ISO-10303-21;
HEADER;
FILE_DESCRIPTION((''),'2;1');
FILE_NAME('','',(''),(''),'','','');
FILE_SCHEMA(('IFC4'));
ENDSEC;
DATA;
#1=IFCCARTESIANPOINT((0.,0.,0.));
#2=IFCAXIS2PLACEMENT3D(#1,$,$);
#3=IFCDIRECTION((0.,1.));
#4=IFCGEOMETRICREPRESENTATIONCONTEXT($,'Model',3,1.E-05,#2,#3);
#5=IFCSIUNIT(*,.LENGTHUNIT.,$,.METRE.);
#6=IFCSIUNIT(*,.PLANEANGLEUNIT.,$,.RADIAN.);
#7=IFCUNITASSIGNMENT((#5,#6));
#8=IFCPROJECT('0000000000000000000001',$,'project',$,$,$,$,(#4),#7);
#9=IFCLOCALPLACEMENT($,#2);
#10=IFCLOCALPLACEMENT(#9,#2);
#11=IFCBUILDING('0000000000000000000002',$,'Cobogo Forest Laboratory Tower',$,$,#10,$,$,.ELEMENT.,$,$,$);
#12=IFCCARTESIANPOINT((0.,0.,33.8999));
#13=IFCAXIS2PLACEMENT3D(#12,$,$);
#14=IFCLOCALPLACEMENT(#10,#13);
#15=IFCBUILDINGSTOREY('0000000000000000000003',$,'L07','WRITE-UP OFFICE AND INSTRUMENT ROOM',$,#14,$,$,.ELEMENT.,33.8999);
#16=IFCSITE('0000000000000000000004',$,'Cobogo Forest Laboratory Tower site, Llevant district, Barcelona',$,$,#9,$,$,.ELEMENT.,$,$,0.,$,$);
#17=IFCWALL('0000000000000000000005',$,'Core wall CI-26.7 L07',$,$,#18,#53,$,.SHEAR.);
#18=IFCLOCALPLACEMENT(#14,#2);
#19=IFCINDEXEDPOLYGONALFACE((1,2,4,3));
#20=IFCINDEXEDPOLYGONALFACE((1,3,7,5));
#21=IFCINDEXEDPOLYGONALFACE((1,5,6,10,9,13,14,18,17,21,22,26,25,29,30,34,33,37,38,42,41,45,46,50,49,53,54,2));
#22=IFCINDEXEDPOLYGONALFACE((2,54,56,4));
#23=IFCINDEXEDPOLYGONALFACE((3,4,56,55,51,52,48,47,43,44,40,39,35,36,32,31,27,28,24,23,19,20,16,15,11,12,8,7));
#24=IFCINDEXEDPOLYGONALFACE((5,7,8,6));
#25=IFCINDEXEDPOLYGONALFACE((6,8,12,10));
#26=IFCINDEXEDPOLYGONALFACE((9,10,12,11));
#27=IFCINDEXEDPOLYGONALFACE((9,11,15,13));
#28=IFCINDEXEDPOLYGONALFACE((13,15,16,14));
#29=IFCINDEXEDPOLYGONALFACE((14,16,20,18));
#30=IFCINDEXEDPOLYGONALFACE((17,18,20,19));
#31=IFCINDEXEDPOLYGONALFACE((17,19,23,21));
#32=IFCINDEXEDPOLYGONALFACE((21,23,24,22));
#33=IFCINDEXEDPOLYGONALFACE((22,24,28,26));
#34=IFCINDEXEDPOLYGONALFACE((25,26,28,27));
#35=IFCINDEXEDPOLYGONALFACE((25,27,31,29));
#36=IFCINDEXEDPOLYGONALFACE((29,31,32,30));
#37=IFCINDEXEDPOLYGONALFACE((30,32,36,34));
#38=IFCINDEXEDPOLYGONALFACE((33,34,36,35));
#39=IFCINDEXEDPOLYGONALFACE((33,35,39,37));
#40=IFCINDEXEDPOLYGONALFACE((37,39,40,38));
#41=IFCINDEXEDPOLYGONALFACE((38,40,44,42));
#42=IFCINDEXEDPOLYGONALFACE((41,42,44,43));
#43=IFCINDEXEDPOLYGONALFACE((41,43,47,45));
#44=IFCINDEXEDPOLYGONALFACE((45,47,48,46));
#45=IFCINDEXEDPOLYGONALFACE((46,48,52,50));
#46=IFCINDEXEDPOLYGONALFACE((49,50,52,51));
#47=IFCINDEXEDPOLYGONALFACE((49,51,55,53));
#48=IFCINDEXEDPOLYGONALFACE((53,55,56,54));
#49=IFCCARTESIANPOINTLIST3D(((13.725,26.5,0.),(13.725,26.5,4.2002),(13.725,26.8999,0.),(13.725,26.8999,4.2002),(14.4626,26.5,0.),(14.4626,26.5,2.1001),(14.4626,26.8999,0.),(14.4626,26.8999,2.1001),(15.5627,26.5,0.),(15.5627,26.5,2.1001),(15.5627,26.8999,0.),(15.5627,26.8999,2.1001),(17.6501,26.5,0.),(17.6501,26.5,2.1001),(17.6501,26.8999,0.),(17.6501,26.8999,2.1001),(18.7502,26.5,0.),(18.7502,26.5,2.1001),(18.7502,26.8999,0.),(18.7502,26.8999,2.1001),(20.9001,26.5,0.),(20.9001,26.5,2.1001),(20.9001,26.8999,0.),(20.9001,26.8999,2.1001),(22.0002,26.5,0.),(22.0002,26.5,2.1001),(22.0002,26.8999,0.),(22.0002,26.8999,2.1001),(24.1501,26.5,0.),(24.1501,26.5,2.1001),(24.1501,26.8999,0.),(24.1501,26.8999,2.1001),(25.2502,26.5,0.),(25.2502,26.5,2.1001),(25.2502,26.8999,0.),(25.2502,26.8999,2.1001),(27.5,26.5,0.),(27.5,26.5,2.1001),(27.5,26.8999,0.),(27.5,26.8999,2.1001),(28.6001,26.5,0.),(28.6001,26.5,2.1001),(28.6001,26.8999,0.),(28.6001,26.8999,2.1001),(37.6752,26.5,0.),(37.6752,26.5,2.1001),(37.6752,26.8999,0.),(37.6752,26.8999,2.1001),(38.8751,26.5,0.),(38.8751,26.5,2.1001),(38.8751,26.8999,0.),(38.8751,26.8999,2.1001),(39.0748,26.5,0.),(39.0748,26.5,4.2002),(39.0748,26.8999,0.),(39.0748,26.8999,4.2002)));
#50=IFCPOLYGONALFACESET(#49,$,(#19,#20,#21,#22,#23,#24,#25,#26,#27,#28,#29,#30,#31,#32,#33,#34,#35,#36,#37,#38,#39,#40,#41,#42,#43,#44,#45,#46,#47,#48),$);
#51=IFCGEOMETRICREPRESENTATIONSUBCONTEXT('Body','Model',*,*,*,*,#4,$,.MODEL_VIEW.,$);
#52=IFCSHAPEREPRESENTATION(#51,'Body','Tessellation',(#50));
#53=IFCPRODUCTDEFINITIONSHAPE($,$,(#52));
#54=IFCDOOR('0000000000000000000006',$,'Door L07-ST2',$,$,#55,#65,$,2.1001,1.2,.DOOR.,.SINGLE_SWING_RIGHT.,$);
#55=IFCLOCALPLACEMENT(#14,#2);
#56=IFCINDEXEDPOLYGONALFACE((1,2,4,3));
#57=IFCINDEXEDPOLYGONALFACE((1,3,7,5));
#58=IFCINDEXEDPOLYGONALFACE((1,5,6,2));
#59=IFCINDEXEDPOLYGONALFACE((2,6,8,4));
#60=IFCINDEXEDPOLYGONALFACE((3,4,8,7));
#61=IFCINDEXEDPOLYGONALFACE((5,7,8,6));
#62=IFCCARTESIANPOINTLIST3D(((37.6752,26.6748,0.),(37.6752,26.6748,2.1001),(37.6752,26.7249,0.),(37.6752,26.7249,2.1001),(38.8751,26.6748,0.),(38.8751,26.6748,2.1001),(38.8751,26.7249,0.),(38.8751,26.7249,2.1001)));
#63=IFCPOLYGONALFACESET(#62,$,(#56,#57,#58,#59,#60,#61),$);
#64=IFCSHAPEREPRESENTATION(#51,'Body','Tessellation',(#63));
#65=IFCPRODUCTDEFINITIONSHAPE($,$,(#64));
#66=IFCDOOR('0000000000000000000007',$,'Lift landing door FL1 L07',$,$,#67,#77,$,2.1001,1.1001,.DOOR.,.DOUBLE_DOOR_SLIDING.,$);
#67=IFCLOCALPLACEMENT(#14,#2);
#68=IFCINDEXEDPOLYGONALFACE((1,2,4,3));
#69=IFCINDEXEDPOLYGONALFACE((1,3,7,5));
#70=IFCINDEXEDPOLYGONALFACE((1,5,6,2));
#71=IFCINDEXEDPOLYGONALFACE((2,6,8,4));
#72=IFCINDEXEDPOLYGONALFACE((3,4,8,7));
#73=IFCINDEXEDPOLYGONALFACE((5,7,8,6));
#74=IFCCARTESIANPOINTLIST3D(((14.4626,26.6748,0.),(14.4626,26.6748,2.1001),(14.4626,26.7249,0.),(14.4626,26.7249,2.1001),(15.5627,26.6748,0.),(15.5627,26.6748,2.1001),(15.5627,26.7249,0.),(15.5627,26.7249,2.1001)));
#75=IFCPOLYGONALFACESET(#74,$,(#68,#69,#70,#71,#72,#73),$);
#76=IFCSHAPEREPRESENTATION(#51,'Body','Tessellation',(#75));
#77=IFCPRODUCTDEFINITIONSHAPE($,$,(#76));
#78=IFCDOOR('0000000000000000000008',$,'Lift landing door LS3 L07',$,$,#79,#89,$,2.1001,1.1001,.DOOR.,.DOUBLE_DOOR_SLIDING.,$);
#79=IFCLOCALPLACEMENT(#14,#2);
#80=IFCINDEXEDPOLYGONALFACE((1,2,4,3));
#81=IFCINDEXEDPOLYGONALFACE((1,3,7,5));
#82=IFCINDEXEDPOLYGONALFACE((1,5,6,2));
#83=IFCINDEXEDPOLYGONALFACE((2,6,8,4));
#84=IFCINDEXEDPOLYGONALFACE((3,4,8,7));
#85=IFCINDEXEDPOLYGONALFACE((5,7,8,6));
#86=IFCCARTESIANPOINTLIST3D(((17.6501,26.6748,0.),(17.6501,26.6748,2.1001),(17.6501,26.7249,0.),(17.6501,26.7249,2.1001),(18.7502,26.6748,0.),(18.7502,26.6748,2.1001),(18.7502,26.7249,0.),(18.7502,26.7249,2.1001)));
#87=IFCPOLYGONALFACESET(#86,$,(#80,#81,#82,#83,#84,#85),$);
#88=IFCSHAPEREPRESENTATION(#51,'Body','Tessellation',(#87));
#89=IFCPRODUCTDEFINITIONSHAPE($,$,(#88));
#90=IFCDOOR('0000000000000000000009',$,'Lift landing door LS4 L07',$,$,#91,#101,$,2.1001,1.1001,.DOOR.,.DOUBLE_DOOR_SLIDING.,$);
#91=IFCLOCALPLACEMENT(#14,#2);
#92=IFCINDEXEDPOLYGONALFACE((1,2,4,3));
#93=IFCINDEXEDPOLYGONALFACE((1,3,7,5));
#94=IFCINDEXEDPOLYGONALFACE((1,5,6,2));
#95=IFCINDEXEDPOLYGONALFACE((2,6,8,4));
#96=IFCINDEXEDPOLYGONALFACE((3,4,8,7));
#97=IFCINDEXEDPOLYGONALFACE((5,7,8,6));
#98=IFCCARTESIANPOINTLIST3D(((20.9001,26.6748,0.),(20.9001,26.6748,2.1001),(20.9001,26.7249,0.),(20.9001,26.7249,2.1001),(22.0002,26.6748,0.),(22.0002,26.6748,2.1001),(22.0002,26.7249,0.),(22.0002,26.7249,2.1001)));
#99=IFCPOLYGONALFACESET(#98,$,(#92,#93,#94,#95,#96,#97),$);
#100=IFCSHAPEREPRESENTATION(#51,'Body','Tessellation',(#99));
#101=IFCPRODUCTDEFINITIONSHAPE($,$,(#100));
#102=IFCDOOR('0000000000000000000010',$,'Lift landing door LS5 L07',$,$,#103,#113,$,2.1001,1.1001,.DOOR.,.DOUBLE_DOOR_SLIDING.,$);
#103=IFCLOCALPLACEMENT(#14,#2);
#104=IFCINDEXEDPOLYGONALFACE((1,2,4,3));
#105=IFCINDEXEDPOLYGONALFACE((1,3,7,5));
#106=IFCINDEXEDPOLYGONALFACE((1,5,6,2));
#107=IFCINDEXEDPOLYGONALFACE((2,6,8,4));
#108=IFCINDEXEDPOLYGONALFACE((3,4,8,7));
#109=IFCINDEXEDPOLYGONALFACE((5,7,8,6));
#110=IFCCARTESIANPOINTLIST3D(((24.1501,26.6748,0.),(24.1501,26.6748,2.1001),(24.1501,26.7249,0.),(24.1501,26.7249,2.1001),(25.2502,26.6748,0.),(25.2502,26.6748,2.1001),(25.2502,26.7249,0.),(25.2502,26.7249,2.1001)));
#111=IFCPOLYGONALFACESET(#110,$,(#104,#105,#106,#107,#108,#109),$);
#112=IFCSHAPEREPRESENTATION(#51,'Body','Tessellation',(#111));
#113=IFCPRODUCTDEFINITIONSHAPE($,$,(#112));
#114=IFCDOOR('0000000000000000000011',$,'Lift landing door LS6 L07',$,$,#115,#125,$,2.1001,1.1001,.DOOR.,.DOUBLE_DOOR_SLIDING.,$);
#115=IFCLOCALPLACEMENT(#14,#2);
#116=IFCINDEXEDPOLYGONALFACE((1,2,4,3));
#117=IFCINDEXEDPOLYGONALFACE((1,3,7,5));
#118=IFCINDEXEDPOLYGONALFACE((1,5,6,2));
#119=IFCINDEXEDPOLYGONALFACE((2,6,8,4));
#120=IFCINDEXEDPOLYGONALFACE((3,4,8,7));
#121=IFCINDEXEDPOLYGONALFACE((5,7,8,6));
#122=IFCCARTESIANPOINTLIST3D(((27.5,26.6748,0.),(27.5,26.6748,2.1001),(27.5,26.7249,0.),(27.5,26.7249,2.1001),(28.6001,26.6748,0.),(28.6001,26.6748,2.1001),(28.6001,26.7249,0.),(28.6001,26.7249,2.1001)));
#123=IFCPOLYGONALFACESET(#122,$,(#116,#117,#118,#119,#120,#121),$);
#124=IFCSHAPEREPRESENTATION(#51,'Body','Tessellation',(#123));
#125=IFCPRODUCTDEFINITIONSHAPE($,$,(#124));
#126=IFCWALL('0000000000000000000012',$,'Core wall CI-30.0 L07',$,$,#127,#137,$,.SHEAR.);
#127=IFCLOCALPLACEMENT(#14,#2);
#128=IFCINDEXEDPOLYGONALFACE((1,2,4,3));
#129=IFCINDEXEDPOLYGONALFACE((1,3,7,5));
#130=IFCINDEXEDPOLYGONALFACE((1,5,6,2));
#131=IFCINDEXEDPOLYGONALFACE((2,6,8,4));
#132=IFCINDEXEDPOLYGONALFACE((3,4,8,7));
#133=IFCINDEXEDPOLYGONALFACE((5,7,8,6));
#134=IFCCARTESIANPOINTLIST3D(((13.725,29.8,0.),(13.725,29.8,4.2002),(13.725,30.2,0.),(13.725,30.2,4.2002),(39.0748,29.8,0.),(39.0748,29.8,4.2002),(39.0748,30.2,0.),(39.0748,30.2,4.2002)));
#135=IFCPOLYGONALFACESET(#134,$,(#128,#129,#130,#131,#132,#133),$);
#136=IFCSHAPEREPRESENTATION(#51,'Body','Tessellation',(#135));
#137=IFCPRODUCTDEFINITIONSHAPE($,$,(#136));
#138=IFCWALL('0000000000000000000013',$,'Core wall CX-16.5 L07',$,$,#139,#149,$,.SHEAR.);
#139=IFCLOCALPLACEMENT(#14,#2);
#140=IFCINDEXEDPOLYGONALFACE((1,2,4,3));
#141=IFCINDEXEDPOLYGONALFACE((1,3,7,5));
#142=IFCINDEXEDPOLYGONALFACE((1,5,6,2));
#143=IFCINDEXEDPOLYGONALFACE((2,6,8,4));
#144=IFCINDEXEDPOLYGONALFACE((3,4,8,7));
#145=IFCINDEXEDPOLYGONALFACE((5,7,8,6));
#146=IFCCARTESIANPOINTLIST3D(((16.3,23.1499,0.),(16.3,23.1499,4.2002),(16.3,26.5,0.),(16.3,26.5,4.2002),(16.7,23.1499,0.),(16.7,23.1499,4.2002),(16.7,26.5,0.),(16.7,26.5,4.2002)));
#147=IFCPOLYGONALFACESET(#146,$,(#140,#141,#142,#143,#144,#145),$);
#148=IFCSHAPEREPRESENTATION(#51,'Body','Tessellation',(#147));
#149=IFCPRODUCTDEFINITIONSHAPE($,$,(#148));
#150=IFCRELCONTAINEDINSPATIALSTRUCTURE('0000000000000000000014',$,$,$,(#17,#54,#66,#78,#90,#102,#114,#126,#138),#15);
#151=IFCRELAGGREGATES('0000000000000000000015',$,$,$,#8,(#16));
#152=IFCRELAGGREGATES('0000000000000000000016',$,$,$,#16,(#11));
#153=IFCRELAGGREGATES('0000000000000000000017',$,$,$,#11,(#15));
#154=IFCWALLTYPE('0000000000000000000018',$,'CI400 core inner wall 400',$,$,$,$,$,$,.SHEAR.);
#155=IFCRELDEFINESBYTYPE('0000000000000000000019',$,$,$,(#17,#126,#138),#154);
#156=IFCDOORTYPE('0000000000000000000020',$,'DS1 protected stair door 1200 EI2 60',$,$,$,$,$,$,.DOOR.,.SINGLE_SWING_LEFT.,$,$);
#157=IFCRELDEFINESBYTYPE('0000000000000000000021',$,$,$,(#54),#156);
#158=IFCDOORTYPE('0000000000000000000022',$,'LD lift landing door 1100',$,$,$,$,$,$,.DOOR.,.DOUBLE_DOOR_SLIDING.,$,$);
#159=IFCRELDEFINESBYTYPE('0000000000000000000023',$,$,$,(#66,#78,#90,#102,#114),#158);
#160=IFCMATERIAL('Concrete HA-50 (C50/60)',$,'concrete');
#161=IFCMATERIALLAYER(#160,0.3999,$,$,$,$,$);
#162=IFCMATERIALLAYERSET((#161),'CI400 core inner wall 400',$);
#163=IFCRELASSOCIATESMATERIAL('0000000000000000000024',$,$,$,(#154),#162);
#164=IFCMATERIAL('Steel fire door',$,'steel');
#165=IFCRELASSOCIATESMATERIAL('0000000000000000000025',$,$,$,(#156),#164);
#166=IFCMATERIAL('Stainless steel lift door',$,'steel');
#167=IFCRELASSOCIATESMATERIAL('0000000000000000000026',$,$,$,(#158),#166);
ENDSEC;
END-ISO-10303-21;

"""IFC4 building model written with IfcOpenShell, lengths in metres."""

from ifc_helpers import new_model, si_unit, direction, frame, frame_2d, origin, place, context, subcontext, project, spatial, rectangle, extrude, material, layer, layer_set, type_object, element, fill, save


model = new_model("IFC4")

# Units and contexts
model_context = context("Model", 3, precision=1e-05, world=origin(), true_north=direction((0.0, 1.0)))
body_context = subcontext(model_context, "Body", "Model", "MODEL_VIEW")
ifc_project = project(units=[si_unit("LENGTHUNIT", "METRE"), si_unit("PLANEANGLEUNIT", "RADIAN")], contexts=[model_context])

# Site, building, storey
site_placement = place(None, origin())
site = spatial("IfcSite", under=ifc_project, at=site_placement, Name="Cobogo Forest Laboratory Tower site, Llevant district, Barcelona", CompositionType="ELEMENT", RefElevation=0.0)
building_placement = place(site_placement, origin())
building = spatial("IfcBuilding", under=site, at=building_placement, Name="Cobogo Forest Laboratory Tower", CompositionType="ELEMENT")
storey_placement = place(building_placement, frame((0.0, 0.0, 33.8999)))
storey = spatial("IfcBuildingStorey", under=building, at=storey_placement, Name="L07", Description="WRITE-UP OFFICE AND INSTRUMENT ROOM", CompositionType="ELEMENT", Elevation=33.8999)

# Shared definitions
ifc_material_1 = material(Name="Concrete HA-50 (C50/60)", Category="concrete")

# Shared definitions
ifc_layer_1 = layer(ifc_material_1, 0.3999)
ifc_layer_set_1 = layer_set([ifc_layer_1], Name="CI400 core inner wall 400")
wall_type_1 = type_object("IfcWallType", Name="CI400 core inner wall 400", PredefinedType="SHEAR", material=ifc_layer_set_1)

# Wall, openings, doors
wall_1_placement = place(storey_placement, frame((13.7251, 26.7, 0.0), z_axis=(0.0, 0.0, 1.0), x_axis=(1.0, 0.0, 0.0)))
wall_1 = element("IfcWall", 1, at=wall_1_placement, inside=storey, type_object=wall_type_1, Name="Core wall CI-26.7 L07", PredefinedType="SHEAR", context=body_context, shape_type="SweptSolid", body=[
    extrude(rectangle(XDim=25.3499, YDim=0.3999, at=frame_2d((12.6748, 0.0))), origin(), (0.0, 0.0, 1.0), 4.2002),
])
opening_1_placement = place(wall_1_placement, frame((23.95, 0.0, 0.0)))
opening_1 = element("IfcOpeningElement", 2, at=opening_1_placement, cuts=wall_1, PredefinedType="OPENING", context=body_context, shape_type="SweptSolid", body=[
    extrude(rectangle(XDim=1.2, YDim=2.1001, at=frame_2d((0.6001, 1.05))), frame((0.0, 0.21, 0.0), z_axis=(0.0, -1.0, 0.0), x_axis=(1.0, 0.0, 0.0)), (0.0, 0.0, 1.0), 0.4199),
])
opening_2_placement = place(wall_1_placement, frame((0.7375, 0.0, 0.0)))
opening_2 = element("IfcOpeningElement", 3, at=opening_2_placement, cuts=wall_1, PredefinedType="OPENING", context=body_context, shape_type="SweptSolid", body=[
    extrude(rectangle(XDim=1.1001, YDim=2.1001, at=frame_2d((0.55, 1.05))), frame((0.0, 0.21, 0.0), z_axis=(0.0, -1.0, 0.0), x_axis=(1.0, 0.0, 0.0)), (0.0, 0.0, 1.0), 0.4199),
])
opening_3_placement = place(wall_1_placement, frame((3.925, 0.0, 0.0)))
opening_3 = element("IfcOpeningElement", 4, at=opening_3_placement, cuts=wall_1, PredefinedType="OPENING", context=body_context, shape_type="SweptSolid", body=[
    extrude(rectangle(XDim=1.1001, YDim=2.1001, at=frame_2d((0.55, 1.05))), frame((0.0, 0.21, 0.0), z_axis=(0.0, -1.0, 0.0), x_axis=(1.0, 0.0, 0.0)), (0.0, 0.0, 1.0), 0.4199),
])
opening_4_placement = place(wall_1_placement, frame((7.175, 0.0, 0.0)))
opening_4 = element("IfcOpeningElement", 5, at=opening_4_placement, cuts=wall_1, PredefinedType="OPENING", context=body_context, shape_type="SweptSolid", body=[
    extrude(rectangle(XDim=1.1001, YDim=2.1001, at=frame_2d((0.55, 1.05))), frame((0.0, 0.21, 0.0), z_axis=(0.0, -1.0, 0.0), x_axis=(1.0, 0.0, 0.0)), (0.0, 0.0, 1.0), 0.4199),
])
opening_5_placement = place(wall_1_placement, frame((10.425, 0.0, 0.0)))
opening_5 = element("IfcOpeningElement", 6, at=opening_5_placement, cuts=wall_1, PredefinedType="OPENING", context=body_context, shape_type="SweptSolid", body=[
    extrude(rectangle(XDim=1.1001, YDim=2.1001, at=frame_2d((0.55, 1.05))), frame((0.0, 0.21, 0.0), z_axis=(0.0, -1.0, 0.0), x_axis=(1.0, 0.0, 0.0)), (0.0, 0.0, 1.0), 0.4199),
])
opening_6_placement = place(wall_1_placement, frame((13.7749, 0.0, 0.0)))
opening_6 = element("IfcOpeningElement", 7, at=opening_6_placement, cuts=wall_1, PredefinedType="OPENING", context=body_context, shape_type="SweptSolid", body=[
    extrude(rectangle(XDim=1.1001, YDim=2.1001, at=frame_2d((0.55, 1.05))), frame((0.0, 0.21, 0.0), z_axis=(0.0, -1.0, 0.0), x_axis=(1.0, 0.0, 0.0)), (0.0, 0.0, 1.0), 0.4199),
])
ifc_material_2 = material(Name="Steel fire door", Category="steel")
door_type_1 = type_object("IfcDoorType", Name="DS1 protected stair door 1200 EI2 60", OperationType="SINGLE_SWING_LEFT", PredefinedType="DOOR", material=ifc_material_2)
door_1_placement = place(opening_1_placement, origin())
door_1 = element("IfcDoor", 8, at=door_1_placement, inside=storey, type_object=door_type_1, Name="Door L07-ST2", OperationType="SINGLE_SWING_RIGHT", OverallHeight=2.1001, OverallWidth=1.2, PredefinedType="DOOR", context=body_context, shape_type="SweptSolid", body=[
    extrude(rectangle(XDim=1.2, YDim=2.1001, at=frame_2d((0.6001, 1.05))), frame((0.0, 0.0249, 0.0), z_axis=(0.0, -1.0, 0.0), x_axis=(1.0, 0.0, 0.0)), (0.0, 0.0, 1.0), 0.05),
])
fill(opening_1, door_1)
ifc_material_3 = material(Name="Stainless steel lift door", Category="steel")
door_type_2 = type_object("IfcDoorType", Name="LD lift landing door 1100", OperationType="DOUBLE_DOOR_SLIDING", PredefinedType="DOOR", material=ifc_material_3)
door_2_placement = place(opening_2_placement, origin())
door_2 = element("IfcDoor", 9, at=door_2_placement, inside=storey, type_object=door_type_2, Name="Lift landing door FL1 L07", OperationType="DOUBLE_DOOR_SLIDING", OverallHeight=2.1001, OverallWidth=1.1001, PredefinedType="DOOR", context=body_context, shape_type="SweptSolid", body=[
    extrude(rectangle(XDim=1.1001, YDim=2.1001, at=frame_2d((0.55, 1.05))), frame((0.0, 0.0249, 0.0), z_axis=(0.0, -1.0, 0.0), x_axis=(1.0, 0.0, 0.0)), (0.0, 0.0, 1.0), 0.05),
])
fill(opening_2, door_2)
door_3_placement = place(opening_3_placement, origin())
door_3 = element("IfcDoor", 10, at=door_3_placement, inside=storey, type_object=door_type_2, Name="Lift landing door LS3 L07", OperationType="DOUBLE_DOOR_SLIDING", OverallHeight=2.1001, OverallWidth=1.1001, PredefinedType="DOOR", context=body_context, shape_type="SweptSolid", body=[
    extrude(rectangle(XDim=1.1001, YDim=2.1001, at=frame_2d((0.55, 1.05))), frame((0.0, 0.0249, 0.0), z_axis=(0.0, -1.0, 0.0), x_axis=(1.0, 0.0, 0.0)), (0.0, 0.0, 1.0), 0.05),
])
fill(opening_3, door_3)
door_4_placement = place(opening_4_placement, origin())
door_4 = element("IfcDoor", 11, at=door_4_placement, inside=storey, type_object=door_type_2, Name="Lift landing door LS4 L07", OperationType="DOUBLE_DOOR_SLIDING", OverallHeight=2.1001, OverallWidth=1.1001, PredefinedType="DOOR", context=body_context, shape_type="SweptSolid", body=[
    extrude(rectangle(XDim=1.1001, YDim=2.1001, at=frame_2d((0.55, 1.05))), frame((0.0, 0.0249, 0.0), z_axis=(0.0, -1.0, 0.0), x_axis=(1.0, 0.0, 0.0)), (0.0, 0.0, 1.0), 0.05),
])
fill(opening_4, door_4)
door_5_placement = place(opening_5_placement, origin())
door_5 = element("IfcDoor", 12, at=door_5_placement, inside=storey, type_object=door_type_2, Name="Lift landing door LS5 L07", OperationType="DOUBLE_DOOR_SLIDING", OverallHeight=2.1001, OverallWidth=1.1001, PredefinedType="DOOR", context=body_context, shape_type="SweptSolid", body=[
    extrude(rectangle(XDim=1.1001, YDim=2.1001, at=frame_2d((0.55, 1.05))), frame((0.0, 0.0249, 0.0), z_axis=(0.0, -1.0, 0.0), x_axis=(1.0, 0.0, 0.0)), (0.0, 0.0, 1.0), 0.05),
])
fill(opening_5, door_5)
door_6_placement = place(opening_6_placement, origin())
door_6 = element("IfcDoor", 13, at=door_6_placement, inside=storey, type_object=door_type_2, Name="Lift landing door LS6 L07", OperationType="DOUBLE_DOOR_SLIDING", OverallHeight=2.1001, OverallWidth=1.1001, PredefinedType="DOOR", context=body_context, shape_type="SweptSolid", body=[
    extrude(rectangle(XDim=1.1001, YDim=2.1001, at=frame_2d((0.55, 1.05))), frame((0.0, 0.0249, 0.0), z_axis=(0.0, -1.0, 0.0), x_axis=(1.0, 0.0, 0.0)), (0.0, 0.0, 1.0), 0.05),
])
fill(opening_6, door_6)

# Walls
wall_2_placement = place(storey_placement, frame((13.7251, 30.0, 0.0), z_axis=(0.0, 0.0, 1.0), x_axis=(1.0, 0.0, 0.0)))
element("IfcWall", 14, at=wall_2_placement, inside=storey, type_object=wall_type_1, Name="Core wall CI-30.0 L07", PredefinedType="SHEAR", context=body_context, shape_type="SweptSolid", body=[
    extrude(rectangle(XDim=25.3499, YDim=0.3999, at=frame_2d((12.6748, 0.0))), origin(), (0.0, 0.0, 1.0), 4.2002),
])
wall_3_placement = place(storey_placement, frame((16.5, 23.1499, 0.0), z_axis=(0.0, 0.0, 1.0), x_axis=(0.0, 1.0, 0.0)))
element("IfcWall", 15, at=wall_3_placement, inside=storey, type_object=wall_type_1, Name="Core wall CX-16.5 L07", PredefinedType="SHEAR", context=body_context, shape_type="SweptSolid", body=[
    extrude(rectangle(XDim=3.3501, YDim=0.3999, at=frame_2d((1.675, 0.0))), origin(), (0.0, 0.0, 1.0), 4.2002),
])

save(model, "model.ifc")
